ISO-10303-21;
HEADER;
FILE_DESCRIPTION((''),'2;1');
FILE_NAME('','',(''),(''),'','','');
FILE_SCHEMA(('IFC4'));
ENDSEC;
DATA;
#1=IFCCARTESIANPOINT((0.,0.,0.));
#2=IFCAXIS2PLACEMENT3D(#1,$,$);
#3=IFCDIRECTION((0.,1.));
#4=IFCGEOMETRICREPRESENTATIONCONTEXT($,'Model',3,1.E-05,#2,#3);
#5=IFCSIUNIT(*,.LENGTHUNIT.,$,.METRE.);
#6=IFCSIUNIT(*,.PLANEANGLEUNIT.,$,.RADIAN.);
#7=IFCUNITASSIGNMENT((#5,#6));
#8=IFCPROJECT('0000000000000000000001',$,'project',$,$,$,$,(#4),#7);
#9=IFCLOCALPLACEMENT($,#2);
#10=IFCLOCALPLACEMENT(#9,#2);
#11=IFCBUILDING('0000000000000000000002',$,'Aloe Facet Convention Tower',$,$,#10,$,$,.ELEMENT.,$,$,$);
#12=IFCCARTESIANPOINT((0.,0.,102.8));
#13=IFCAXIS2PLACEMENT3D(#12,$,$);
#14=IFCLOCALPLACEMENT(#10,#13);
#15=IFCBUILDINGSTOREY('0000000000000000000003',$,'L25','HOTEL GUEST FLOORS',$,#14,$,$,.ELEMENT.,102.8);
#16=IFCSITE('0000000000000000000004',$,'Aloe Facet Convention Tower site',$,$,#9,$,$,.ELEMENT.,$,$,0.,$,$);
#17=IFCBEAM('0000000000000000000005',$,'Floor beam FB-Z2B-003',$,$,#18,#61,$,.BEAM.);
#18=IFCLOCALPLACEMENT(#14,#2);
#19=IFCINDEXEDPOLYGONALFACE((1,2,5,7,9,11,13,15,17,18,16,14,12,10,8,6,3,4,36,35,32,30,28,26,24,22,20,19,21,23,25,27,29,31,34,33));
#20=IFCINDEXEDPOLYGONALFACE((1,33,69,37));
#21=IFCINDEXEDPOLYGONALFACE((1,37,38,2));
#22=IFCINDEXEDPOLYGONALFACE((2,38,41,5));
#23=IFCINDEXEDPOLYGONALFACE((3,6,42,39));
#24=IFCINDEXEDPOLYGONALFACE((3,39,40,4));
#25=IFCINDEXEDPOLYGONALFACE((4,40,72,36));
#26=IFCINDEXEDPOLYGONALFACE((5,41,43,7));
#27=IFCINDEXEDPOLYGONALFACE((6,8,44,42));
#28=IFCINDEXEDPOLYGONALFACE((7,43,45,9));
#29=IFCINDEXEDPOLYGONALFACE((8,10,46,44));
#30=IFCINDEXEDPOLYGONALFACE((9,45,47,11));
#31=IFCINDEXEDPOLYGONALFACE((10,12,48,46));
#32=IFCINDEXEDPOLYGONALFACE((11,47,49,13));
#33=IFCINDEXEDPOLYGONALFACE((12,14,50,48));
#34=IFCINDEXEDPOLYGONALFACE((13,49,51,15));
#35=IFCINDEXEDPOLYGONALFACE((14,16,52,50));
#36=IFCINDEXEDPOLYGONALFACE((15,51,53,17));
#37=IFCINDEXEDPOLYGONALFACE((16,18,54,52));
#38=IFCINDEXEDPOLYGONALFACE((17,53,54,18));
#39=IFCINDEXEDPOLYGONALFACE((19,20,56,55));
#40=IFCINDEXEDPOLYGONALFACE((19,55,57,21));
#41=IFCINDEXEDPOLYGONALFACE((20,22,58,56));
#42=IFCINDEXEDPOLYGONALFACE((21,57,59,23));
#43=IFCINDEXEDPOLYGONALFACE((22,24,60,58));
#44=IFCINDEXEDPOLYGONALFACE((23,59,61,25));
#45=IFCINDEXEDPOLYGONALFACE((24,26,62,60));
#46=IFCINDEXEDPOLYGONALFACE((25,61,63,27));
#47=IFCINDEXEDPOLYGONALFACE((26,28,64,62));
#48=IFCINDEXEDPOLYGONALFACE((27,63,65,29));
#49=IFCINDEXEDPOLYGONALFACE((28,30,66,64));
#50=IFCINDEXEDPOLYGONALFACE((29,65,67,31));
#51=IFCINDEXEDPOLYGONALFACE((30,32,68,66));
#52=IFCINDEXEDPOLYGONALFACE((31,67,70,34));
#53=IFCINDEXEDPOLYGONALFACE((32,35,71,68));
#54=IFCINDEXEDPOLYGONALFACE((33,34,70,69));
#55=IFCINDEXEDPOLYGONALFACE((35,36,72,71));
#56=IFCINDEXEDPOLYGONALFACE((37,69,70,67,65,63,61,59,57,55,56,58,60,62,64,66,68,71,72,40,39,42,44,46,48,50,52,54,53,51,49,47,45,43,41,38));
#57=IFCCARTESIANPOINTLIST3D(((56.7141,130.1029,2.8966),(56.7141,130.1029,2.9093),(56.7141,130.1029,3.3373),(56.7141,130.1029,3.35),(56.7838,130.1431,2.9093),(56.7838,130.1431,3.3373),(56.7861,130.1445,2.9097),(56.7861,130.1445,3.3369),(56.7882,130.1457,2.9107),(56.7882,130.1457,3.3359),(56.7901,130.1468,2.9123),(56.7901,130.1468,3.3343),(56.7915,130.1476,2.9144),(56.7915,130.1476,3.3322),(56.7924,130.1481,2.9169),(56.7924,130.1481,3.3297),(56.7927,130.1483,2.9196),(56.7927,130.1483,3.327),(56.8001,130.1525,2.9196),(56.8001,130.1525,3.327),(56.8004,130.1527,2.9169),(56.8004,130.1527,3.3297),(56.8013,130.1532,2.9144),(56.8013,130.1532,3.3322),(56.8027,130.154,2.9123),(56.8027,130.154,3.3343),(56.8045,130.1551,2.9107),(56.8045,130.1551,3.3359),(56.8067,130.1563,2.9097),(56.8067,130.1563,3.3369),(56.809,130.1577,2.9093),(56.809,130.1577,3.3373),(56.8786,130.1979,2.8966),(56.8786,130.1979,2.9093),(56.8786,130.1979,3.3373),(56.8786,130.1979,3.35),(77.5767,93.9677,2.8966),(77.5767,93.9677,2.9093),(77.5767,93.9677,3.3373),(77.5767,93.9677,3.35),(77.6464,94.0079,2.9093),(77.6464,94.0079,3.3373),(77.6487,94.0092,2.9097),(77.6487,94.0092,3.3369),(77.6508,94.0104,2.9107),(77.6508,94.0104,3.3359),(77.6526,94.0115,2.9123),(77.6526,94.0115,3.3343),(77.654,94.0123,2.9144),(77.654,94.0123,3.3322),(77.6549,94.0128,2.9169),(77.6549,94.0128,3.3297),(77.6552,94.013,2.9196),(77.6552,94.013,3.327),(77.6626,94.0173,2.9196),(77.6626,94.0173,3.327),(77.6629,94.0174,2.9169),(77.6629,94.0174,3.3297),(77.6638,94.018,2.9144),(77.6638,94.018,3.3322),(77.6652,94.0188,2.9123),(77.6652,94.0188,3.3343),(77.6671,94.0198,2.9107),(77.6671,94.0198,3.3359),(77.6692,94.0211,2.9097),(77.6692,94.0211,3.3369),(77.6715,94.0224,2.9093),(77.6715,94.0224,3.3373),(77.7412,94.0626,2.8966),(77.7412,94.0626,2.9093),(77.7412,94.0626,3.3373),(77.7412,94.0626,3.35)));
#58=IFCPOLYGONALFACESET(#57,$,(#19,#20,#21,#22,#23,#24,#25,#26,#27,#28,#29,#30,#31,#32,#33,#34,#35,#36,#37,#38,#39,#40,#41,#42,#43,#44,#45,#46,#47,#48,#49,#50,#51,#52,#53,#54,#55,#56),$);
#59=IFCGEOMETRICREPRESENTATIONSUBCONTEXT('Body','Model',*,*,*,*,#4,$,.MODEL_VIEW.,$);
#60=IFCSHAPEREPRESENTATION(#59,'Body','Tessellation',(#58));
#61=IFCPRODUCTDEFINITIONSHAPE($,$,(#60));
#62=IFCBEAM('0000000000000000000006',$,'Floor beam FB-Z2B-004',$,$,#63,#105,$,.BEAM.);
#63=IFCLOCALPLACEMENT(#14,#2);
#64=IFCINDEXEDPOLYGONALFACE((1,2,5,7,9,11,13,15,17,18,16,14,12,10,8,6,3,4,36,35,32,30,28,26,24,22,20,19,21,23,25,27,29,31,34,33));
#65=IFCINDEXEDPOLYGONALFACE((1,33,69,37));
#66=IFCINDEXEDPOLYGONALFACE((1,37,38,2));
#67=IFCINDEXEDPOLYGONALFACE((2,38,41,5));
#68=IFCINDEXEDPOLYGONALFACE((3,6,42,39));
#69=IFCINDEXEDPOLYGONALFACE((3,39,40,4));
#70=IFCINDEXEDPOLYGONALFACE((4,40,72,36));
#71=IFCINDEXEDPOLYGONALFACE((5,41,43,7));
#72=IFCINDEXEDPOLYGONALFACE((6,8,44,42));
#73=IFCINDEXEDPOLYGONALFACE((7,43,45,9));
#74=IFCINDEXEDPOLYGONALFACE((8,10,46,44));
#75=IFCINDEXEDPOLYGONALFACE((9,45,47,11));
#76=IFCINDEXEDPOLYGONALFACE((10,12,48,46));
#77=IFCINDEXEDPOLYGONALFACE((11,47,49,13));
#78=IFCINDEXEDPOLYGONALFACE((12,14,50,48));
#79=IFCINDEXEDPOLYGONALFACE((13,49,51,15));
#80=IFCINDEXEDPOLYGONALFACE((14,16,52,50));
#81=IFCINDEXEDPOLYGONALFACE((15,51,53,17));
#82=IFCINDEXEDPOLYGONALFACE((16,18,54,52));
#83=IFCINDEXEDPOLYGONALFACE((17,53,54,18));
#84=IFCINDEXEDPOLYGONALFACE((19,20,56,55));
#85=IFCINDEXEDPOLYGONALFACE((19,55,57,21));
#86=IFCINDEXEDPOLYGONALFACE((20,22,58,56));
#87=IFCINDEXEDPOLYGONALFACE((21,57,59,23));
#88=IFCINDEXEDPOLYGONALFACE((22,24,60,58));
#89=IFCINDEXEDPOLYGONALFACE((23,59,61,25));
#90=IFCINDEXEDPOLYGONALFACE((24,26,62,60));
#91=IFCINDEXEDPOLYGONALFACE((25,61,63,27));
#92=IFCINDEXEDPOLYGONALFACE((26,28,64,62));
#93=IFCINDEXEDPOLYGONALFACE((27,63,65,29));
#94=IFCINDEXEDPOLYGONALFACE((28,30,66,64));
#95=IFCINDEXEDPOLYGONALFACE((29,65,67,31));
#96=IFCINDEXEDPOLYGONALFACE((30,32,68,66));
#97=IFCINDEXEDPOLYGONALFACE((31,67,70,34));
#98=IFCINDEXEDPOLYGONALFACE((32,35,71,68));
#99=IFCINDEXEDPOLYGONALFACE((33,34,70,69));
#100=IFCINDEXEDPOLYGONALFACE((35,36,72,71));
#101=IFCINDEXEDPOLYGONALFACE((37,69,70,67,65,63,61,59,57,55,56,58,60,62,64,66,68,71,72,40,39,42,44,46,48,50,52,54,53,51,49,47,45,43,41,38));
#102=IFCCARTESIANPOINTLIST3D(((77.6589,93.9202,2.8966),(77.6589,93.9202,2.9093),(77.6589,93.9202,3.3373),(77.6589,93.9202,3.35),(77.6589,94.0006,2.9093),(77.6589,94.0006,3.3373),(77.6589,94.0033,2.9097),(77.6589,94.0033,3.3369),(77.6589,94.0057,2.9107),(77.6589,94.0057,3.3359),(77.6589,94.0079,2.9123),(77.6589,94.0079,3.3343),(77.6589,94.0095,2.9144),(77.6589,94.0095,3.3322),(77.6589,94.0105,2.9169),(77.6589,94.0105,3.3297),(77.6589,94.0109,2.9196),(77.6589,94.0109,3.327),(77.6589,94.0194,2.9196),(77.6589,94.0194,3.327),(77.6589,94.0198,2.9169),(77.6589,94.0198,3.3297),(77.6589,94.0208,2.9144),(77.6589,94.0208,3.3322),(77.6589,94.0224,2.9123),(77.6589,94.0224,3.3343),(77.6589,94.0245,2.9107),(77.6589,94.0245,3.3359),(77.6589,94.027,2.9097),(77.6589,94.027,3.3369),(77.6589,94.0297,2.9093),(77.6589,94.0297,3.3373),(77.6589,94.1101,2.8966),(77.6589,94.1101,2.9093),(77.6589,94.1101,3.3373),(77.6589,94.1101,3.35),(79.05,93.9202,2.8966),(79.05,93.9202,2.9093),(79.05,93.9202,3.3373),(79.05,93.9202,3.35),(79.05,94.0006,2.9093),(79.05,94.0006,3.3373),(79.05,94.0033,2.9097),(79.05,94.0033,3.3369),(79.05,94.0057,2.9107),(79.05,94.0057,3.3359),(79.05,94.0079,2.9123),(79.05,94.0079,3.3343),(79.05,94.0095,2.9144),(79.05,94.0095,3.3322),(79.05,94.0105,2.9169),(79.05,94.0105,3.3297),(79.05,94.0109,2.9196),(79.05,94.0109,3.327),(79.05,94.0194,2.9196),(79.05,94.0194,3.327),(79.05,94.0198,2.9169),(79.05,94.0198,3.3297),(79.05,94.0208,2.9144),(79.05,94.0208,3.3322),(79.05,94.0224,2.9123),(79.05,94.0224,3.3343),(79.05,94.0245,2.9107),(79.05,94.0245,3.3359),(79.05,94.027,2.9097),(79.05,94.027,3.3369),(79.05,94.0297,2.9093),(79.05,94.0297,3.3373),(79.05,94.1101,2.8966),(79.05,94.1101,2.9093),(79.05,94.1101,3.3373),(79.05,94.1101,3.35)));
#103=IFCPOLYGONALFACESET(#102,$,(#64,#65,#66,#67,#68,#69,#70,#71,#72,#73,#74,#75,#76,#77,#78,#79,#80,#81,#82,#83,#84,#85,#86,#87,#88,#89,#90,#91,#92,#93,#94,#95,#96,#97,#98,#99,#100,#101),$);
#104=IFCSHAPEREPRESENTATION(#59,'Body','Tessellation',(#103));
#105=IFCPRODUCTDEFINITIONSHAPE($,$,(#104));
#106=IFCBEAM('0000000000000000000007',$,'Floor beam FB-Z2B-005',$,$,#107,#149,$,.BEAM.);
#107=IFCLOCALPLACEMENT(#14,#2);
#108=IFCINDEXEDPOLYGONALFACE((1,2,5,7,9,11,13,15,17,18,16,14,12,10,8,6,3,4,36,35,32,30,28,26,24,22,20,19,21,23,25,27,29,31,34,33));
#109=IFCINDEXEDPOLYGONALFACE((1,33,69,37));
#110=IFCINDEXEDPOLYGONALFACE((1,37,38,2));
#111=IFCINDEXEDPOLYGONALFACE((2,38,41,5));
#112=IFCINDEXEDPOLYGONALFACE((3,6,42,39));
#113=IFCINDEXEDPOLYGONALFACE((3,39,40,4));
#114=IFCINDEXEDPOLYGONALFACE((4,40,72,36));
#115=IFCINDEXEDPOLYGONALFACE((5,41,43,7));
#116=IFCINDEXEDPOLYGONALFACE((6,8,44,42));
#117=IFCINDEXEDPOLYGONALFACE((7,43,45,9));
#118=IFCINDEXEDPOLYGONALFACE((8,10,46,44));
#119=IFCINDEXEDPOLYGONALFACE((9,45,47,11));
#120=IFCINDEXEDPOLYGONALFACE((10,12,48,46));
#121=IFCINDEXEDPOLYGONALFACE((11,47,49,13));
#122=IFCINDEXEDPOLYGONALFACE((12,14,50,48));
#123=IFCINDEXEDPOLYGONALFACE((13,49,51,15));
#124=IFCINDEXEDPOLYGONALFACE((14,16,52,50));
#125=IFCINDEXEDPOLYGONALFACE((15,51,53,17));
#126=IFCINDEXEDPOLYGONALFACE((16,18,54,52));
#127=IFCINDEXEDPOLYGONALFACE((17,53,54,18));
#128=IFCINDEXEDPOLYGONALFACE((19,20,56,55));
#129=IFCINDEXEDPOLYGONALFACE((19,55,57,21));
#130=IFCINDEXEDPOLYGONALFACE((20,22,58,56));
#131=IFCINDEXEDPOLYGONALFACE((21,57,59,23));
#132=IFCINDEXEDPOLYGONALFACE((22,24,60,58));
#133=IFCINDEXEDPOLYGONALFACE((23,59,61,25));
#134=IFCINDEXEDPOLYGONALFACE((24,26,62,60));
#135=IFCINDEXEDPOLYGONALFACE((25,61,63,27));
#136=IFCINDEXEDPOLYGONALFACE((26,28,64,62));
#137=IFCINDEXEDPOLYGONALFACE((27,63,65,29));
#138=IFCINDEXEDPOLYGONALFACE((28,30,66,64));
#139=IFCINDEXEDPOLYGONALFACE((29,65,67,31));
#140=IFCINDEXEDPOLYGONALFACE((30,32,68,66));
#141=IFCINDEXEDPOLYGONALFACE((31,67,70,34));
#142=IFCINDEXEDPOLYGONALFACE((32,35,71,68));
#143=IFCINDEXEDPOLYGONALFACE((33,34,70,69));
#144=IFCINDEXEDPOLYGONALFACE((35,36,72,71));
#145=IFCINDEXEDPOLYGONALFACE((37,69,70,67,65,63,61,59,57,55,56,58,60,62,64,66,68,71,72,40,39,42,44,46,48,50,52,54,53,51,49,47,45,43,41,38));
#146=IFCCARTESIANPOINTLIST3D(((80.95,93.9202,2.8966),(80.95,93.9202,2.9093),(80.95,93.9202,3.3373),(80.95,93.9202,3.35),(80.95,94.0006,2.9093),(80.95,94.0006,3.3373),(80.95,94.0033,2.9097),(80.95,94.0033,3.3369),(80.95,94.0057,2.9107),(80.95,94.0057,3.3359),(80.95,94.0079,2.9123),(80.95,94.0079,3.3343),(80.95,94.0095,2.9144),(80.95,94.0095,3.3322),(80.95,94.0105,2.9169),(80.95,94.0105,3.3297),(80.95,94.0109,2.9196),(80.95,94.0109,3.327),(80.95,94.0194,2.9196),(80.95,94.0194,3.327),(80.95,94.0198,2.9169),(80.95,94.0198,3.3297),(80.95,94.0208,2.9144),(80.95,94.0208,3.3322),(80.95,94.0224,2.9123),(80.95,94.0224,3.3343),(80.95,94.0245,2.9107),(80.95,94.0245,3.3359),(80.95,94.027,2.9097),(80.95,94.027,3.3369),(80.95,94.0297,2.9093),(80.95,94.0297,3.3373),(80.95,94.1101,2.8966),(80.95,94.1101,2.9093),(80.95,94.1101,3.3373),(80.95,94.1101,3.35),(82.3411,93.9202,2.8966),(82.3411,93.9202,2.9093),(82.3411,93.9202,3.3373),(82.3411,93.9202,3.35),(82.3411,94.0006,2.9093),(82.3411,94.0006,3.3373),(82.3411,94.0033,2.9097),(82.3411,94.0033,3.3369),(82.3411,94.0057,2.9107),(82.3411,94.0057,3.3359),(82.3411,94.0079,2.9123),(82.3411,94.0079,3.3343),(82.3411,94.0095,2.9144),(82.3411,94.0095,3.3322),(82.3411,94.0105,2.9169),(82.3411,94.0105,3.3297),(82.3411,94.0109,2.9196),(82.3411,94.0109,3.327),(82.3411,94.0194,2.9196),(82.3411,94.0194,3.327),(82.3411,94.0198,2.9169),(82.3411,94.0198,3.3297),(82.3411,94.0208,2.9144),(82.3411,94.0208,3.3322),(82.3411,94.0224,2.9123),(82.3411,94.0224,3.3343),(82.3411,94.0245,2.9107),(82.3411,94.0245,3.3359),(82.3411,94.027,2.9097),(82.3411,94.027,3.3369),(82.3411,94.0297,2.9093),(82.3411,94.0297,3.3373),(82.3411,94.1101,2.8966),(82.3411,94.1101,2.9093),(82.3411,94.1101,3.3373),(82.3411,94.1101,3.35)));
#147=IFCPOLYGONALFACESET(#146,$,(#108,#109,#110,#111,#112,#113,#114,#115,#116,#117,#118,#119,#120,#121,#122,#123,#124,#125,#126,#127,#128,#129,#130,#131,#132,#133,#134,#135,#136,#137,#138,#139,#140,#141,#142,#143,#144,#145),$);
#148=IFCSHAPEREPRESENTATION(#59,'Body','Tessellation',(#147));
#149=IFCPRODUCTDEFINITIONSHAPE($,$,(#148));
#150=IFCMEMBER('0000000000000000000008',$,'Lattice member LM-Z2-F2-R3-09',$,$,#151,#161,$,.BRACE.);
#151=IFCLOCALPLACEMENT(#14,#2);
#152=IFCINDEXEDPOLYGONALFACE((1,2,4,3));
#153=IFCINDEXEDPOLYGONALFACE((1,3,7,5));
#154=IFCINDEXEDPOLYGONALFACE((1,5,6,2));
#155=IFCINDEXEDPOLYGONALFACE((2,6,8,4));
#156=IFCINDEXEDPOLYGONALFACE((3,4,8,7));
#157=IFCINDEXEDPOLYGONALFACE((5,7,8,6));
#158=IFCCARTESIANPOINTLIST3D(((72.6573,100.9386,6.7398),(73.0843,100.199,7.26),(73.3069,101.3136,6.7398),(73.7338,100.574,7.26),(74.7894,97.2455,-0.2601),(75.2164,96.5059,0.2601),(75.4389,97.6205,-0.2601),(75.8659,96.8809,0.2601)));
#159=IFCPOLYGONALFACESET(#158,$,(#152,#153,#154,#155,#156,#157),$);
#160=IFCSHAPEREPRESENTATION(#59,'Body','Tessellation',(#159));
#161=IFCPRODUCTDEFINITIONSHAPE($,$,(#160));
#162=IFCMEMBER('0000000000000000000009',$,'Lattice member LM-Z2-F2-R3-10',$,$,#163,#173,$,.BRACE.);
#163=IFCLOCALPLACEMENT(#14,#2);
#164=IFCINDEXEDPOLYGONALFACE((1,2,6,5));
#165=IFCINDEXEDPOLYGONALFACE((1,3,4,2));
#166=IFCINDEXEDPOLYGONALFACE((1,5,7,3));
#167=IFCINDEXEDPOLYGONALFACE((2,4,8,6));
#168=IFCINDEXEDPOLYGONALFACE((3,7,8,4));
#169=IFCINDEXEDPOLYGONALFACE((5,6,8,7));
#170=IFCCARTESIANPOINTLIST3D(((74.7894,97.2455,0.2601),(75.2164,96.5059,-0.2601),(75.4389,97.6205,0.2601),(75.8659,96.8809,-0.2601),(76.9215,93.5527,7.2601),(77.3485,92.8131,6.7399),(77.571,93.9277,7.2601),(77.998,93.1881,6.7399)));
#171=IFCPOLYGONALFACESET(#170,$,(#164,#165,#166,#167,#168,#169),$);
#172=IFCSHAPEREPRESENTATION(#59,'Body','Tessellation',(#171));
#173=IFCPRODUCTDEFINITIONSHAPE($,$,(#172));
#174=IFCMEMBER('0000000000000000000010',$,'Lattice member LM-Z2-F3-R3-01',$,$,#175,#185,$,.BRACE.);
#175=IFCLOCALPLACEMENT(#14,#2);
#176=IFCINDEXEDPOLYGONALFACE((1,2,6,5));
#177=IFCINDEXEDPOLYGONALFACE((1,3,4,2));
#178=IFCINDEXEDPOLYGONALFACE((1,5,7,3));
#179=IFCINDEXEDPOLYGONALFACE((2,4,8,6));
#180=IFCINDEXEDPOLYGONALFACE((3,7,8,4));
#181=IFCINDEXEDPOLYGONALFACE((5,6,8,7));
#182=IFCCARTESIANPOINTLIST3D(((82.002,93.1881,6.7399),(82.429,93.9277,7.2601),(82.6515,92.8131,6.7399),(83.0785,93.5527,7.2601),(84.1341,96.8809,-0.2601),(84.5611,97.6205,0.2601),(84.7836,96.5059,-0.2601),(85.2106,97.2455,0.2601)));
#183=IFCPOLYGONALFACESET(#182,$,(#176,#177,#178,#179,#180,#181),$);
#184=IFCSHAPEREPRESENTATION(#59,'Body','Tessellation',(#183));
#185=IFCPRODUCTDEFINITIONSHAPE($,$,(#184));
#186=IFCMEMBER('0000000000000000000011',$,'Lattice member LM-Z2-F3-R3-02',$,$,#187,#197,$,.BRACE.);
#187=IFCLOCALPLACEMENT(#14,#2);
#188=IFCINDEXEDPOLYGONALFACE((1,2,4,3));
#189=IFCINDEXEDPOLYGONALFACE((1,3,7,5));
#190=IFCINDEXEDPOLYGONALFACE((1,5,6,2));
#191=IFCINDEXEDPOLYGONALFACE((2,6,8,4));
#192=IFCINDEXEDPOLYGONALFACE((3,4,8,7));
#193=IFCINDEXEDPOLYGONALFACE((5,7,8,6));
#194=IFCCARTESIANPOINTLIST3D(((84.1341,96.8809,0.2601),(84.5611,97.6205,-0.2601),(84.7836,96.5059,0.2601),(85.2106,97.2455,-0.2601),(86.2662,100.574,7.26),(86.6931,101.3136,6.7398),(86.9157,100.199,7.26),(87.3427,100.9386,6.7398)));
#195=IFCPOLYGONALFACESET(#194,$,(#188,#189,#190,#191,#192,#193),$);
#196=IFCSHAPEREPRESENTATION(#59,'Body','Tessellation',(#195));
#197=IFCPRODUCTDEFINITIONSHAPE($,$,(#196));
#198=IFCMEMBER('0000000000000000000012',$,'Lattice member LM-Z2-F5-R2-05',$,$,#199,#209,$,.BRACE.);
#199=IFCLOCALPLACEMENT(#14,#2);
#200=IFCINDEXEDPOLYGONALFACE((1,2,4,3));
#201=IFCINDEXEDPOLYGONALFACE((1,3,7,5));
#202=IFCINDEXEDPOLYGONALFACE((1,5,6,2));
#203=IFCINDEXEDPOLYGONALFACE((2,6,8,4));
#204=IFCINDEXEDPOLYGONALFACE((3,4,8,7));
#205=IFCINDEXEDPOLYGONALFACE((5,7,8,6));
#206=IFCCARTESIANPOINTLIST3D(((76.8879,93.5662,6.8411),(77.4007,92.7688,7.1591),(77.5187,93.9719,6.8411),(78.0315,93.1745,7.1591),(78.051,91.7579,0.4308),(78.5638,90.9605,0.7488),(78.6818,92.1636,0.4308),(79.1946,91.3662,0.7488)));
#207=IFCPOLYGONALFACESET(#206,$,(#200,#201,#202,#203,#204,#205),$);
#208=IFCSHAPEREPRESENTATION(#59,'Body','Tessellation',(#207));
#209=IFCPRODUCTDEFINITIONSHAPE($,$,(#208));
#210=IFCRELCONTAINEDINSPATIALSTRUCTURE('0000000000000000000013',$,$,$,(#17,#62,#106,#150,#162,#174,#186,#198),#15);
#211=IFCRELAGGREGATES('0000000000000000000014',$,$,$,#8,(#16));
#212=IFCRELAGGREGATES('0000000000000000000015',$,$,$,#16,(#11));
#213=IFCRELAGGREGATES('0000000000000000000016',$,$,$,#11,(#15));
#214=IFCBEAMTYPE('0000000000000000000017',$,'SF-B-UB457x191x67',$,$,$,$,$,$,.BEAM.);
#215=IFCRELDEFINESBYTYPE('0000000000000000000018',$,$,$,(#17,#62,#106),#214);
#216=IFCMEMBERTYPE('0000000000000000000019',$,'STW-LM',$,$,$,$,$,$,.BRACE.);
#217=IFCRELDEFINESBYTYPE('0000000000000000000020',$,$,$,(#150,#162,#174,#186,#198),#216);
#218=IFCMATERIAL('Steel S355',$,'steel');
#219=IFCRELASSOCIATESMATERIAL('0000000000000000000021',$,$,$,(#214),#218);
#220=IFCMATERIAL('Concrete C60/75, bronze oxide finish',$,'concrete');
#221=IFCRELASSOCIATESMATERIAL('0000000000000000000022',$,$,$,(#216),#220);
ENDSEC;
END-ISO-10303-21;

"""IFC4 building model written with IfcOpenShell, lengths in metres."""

from ifc_helpers import new_model, si_unit, direction, frame, origin, origin_2d, place, context, subcontext, project, spatial, rectangle, i_section, extrude, material, material_profile, profile_set, type_object, element, save


model = new_model("IFC4")

# Units and contexts
model_context = context("Model", 3, precision=1e-05, world=origin(), true_north=direction((0.0, 1.0)))
body_context = subcontext(model_context, "Body", "Model", "MODEL_VIEW")
ifc_project = project(units=[si_unit("LENGTHUNIT", "METRE"), si_unit("PLANEANGLEUNIT", "RADIAN")], contexts=[model_context])

# Site, building, storey
site_placement = place(None, origin())
site = spatial("IfcSite", under=ifc_project, at=site_placement, Name="Aloe Facet Convention Tower site", CompositionType="ELEMENT", RefElevation=0.0)
building_placement = place(site_placement, origin())
building = spatial("IfcBuilding", under=site, at=building_placement, Name="Aloe Facet Convention Tower", CompositionType="ELEMENT")
storey_placement = place(building_placement, frame((0.0, 0.0, 102.8)))
storey = spatial("IfcBuildingStorey", under=building, at=storey_placement, Name="L25", Description="HOTEL GUEST FLOORS", CompositionType="ELEMENT", Elevation=102.8)

# Beams
ifc_material_1 = material(Name="Steel S355", Category="steel")
ifc_material_profile_1 = material_profile(ifc_material_1, i_section(OverallWidth=0.1899, OverallDepth=0.4534, WebThickness=0.0085, FlangeThickness=0.0127, FilletRadius=0.0103, at=origin_2d()), Name="UB 457x191x67")
ifc_profile_set_1 = profile_set([ifc_material_profile_1], Name="Steel S355")
beam_type_1 = type_object("IfcBeamType", Name="SF-B-UB457x191x67", PredefinedType="BEAM", material=ifc_profile_set_1)
beam_1_placement = place(storey_placement, frame((77.6589, 94.0151, 3.1233), z_axis=(-0.499997, 0.866027, 0.0), x_axis=(-0.866027, -0.499997, 0.0)))
element("IfcBeam", 1, at=beam_1_placement, inside=storey, type_object=beam_type_1, Name="Floor beam FB-Z2B-003", PredefinedType="BEAM", context=body_context, shape_type="SweptSolid", body=[
    extrude(i_section(OverallWidth=0.1899, OverallDepth=0.4534, WebThickness=0.0085, FlangeThickness=0.0127, FilletRadius=0.0103, at=origin_2d()), origin(), (0.0, 0.0, 1.0), 41.7253),
])
for number, where, z_axis, x_axis, name in (
    (2, (79.05, 94.0151, 3.1233), (-1.0, 0.0, 0.0), (0.0, -1.0, 0.0), "Floor beam FB-Z2B-004"),
    (3, (82.3411, 94.0151, 3.1233), (-1.0, 0.0, 0.0), (0.0, -1.0, 0.0), "Floor beam FB-Z2B-005"),
):
    element("IfcBeam", number, at=place(storey_placement, frame(where, z_axis=z_axis, x_axis=x_axis)), inside=storey, type_object=beam_type_1, Name=name, PredefinedType="BEAM", context=body_context, shape_type="SweptSolid", body=[
        extrude(i_section(OverallWidth=0.1899, OverallDepth=0.4534, WebThickness=0.0085, FlangeThickness=0.0127, FilletRadius=0.0103, at=origin_2d()), origin(), (0.0, 0.0, 1.0), 1.3911),
    ])

# Members
ifc_material_2 = material(Name="Concrete C60/75, bronze oxide finish", Category="concrete")
ifc_material_profile_2 = material_profile(ifc_material_2, rectangle(XDim=0.75, YDim=1.0, at=origin_2d()), Name="STW-LM")
ifc_profile_set_2 = profile_set([ifc_material_profile_2], Name="Concrete C60/75, bronze oxide finish")
member_type = type_object("IfcMemberType", Name="STW-LM", PredefinedType="BRACE", material=ifc_profile_set_2)
for number, where, z_axis, x_axis, name in (
    (4, (75.3276, 97.0632, 0.0), (-0.260116, 0.450565, 0.854009), (-0.86604, -0.499975, 0.0), "Lattice member LM-Z2-F2-R3-09"),
    (5, (75.3276, 97.0632, 0.0), (0.26012, -0.450541, 0.85402), (0.866025, 0.5, 0.0), "Lattice member LM-Z2-F2-R3-10"),
    (6, (84.6724, 97.0632, 0.0), (-0.26012, -0.450541, 0.85402), (0.866025, -0.5, 0.0), "Lattice member LM-Z2-F3-R3-01"),
    (7, (84.6724, 97.0632, 0.0), (0.260116, 0.450565, 0.854009), (-0.86604, 0.499975, 0.0), "Lattice member LM-Z2-F3-R3-02"),
):
    element("IfcMember", number, at=place(storey_placement, frame(where, z_axis=z_axis, x_axis=x_axis)), inside=storey, type_object=member_type, Name=name, PredefinedType="BRACE", context=body_context, shape_type="SweptSolid", body=[
        extrude(rectangle(XDim=0.75, YDim=1.0, at=origin_2d()), origin(), (0.0, 0.0, 1.0), 8.1965),
    ])
for number, where, z_axis, x_axis, name in (
    (8, (78.6228, 91.562, 0.5898), (-0.172025, 0.267462, 0.948088), (-0.841057, -0.540947, 0.0), "Lattice member LM-Z2-F5-R2-05"),
):
    element("IfcMember", number, at=place(storey_placement, frame(where, z_axis=z_axis, x_axis=x_axis)), inside=storey, type_object=member_type, Name=name, PredefinedType="BRACE", context=body_context, shape_type="SweptSolid", body=[
        extrude(rectangle(XDim=0.75, YDim=1.0, at=origin_2d()), origin(), (0.0, 0.0, 1.0), 6.7612),
    ])

save(model, "model.ifc")
